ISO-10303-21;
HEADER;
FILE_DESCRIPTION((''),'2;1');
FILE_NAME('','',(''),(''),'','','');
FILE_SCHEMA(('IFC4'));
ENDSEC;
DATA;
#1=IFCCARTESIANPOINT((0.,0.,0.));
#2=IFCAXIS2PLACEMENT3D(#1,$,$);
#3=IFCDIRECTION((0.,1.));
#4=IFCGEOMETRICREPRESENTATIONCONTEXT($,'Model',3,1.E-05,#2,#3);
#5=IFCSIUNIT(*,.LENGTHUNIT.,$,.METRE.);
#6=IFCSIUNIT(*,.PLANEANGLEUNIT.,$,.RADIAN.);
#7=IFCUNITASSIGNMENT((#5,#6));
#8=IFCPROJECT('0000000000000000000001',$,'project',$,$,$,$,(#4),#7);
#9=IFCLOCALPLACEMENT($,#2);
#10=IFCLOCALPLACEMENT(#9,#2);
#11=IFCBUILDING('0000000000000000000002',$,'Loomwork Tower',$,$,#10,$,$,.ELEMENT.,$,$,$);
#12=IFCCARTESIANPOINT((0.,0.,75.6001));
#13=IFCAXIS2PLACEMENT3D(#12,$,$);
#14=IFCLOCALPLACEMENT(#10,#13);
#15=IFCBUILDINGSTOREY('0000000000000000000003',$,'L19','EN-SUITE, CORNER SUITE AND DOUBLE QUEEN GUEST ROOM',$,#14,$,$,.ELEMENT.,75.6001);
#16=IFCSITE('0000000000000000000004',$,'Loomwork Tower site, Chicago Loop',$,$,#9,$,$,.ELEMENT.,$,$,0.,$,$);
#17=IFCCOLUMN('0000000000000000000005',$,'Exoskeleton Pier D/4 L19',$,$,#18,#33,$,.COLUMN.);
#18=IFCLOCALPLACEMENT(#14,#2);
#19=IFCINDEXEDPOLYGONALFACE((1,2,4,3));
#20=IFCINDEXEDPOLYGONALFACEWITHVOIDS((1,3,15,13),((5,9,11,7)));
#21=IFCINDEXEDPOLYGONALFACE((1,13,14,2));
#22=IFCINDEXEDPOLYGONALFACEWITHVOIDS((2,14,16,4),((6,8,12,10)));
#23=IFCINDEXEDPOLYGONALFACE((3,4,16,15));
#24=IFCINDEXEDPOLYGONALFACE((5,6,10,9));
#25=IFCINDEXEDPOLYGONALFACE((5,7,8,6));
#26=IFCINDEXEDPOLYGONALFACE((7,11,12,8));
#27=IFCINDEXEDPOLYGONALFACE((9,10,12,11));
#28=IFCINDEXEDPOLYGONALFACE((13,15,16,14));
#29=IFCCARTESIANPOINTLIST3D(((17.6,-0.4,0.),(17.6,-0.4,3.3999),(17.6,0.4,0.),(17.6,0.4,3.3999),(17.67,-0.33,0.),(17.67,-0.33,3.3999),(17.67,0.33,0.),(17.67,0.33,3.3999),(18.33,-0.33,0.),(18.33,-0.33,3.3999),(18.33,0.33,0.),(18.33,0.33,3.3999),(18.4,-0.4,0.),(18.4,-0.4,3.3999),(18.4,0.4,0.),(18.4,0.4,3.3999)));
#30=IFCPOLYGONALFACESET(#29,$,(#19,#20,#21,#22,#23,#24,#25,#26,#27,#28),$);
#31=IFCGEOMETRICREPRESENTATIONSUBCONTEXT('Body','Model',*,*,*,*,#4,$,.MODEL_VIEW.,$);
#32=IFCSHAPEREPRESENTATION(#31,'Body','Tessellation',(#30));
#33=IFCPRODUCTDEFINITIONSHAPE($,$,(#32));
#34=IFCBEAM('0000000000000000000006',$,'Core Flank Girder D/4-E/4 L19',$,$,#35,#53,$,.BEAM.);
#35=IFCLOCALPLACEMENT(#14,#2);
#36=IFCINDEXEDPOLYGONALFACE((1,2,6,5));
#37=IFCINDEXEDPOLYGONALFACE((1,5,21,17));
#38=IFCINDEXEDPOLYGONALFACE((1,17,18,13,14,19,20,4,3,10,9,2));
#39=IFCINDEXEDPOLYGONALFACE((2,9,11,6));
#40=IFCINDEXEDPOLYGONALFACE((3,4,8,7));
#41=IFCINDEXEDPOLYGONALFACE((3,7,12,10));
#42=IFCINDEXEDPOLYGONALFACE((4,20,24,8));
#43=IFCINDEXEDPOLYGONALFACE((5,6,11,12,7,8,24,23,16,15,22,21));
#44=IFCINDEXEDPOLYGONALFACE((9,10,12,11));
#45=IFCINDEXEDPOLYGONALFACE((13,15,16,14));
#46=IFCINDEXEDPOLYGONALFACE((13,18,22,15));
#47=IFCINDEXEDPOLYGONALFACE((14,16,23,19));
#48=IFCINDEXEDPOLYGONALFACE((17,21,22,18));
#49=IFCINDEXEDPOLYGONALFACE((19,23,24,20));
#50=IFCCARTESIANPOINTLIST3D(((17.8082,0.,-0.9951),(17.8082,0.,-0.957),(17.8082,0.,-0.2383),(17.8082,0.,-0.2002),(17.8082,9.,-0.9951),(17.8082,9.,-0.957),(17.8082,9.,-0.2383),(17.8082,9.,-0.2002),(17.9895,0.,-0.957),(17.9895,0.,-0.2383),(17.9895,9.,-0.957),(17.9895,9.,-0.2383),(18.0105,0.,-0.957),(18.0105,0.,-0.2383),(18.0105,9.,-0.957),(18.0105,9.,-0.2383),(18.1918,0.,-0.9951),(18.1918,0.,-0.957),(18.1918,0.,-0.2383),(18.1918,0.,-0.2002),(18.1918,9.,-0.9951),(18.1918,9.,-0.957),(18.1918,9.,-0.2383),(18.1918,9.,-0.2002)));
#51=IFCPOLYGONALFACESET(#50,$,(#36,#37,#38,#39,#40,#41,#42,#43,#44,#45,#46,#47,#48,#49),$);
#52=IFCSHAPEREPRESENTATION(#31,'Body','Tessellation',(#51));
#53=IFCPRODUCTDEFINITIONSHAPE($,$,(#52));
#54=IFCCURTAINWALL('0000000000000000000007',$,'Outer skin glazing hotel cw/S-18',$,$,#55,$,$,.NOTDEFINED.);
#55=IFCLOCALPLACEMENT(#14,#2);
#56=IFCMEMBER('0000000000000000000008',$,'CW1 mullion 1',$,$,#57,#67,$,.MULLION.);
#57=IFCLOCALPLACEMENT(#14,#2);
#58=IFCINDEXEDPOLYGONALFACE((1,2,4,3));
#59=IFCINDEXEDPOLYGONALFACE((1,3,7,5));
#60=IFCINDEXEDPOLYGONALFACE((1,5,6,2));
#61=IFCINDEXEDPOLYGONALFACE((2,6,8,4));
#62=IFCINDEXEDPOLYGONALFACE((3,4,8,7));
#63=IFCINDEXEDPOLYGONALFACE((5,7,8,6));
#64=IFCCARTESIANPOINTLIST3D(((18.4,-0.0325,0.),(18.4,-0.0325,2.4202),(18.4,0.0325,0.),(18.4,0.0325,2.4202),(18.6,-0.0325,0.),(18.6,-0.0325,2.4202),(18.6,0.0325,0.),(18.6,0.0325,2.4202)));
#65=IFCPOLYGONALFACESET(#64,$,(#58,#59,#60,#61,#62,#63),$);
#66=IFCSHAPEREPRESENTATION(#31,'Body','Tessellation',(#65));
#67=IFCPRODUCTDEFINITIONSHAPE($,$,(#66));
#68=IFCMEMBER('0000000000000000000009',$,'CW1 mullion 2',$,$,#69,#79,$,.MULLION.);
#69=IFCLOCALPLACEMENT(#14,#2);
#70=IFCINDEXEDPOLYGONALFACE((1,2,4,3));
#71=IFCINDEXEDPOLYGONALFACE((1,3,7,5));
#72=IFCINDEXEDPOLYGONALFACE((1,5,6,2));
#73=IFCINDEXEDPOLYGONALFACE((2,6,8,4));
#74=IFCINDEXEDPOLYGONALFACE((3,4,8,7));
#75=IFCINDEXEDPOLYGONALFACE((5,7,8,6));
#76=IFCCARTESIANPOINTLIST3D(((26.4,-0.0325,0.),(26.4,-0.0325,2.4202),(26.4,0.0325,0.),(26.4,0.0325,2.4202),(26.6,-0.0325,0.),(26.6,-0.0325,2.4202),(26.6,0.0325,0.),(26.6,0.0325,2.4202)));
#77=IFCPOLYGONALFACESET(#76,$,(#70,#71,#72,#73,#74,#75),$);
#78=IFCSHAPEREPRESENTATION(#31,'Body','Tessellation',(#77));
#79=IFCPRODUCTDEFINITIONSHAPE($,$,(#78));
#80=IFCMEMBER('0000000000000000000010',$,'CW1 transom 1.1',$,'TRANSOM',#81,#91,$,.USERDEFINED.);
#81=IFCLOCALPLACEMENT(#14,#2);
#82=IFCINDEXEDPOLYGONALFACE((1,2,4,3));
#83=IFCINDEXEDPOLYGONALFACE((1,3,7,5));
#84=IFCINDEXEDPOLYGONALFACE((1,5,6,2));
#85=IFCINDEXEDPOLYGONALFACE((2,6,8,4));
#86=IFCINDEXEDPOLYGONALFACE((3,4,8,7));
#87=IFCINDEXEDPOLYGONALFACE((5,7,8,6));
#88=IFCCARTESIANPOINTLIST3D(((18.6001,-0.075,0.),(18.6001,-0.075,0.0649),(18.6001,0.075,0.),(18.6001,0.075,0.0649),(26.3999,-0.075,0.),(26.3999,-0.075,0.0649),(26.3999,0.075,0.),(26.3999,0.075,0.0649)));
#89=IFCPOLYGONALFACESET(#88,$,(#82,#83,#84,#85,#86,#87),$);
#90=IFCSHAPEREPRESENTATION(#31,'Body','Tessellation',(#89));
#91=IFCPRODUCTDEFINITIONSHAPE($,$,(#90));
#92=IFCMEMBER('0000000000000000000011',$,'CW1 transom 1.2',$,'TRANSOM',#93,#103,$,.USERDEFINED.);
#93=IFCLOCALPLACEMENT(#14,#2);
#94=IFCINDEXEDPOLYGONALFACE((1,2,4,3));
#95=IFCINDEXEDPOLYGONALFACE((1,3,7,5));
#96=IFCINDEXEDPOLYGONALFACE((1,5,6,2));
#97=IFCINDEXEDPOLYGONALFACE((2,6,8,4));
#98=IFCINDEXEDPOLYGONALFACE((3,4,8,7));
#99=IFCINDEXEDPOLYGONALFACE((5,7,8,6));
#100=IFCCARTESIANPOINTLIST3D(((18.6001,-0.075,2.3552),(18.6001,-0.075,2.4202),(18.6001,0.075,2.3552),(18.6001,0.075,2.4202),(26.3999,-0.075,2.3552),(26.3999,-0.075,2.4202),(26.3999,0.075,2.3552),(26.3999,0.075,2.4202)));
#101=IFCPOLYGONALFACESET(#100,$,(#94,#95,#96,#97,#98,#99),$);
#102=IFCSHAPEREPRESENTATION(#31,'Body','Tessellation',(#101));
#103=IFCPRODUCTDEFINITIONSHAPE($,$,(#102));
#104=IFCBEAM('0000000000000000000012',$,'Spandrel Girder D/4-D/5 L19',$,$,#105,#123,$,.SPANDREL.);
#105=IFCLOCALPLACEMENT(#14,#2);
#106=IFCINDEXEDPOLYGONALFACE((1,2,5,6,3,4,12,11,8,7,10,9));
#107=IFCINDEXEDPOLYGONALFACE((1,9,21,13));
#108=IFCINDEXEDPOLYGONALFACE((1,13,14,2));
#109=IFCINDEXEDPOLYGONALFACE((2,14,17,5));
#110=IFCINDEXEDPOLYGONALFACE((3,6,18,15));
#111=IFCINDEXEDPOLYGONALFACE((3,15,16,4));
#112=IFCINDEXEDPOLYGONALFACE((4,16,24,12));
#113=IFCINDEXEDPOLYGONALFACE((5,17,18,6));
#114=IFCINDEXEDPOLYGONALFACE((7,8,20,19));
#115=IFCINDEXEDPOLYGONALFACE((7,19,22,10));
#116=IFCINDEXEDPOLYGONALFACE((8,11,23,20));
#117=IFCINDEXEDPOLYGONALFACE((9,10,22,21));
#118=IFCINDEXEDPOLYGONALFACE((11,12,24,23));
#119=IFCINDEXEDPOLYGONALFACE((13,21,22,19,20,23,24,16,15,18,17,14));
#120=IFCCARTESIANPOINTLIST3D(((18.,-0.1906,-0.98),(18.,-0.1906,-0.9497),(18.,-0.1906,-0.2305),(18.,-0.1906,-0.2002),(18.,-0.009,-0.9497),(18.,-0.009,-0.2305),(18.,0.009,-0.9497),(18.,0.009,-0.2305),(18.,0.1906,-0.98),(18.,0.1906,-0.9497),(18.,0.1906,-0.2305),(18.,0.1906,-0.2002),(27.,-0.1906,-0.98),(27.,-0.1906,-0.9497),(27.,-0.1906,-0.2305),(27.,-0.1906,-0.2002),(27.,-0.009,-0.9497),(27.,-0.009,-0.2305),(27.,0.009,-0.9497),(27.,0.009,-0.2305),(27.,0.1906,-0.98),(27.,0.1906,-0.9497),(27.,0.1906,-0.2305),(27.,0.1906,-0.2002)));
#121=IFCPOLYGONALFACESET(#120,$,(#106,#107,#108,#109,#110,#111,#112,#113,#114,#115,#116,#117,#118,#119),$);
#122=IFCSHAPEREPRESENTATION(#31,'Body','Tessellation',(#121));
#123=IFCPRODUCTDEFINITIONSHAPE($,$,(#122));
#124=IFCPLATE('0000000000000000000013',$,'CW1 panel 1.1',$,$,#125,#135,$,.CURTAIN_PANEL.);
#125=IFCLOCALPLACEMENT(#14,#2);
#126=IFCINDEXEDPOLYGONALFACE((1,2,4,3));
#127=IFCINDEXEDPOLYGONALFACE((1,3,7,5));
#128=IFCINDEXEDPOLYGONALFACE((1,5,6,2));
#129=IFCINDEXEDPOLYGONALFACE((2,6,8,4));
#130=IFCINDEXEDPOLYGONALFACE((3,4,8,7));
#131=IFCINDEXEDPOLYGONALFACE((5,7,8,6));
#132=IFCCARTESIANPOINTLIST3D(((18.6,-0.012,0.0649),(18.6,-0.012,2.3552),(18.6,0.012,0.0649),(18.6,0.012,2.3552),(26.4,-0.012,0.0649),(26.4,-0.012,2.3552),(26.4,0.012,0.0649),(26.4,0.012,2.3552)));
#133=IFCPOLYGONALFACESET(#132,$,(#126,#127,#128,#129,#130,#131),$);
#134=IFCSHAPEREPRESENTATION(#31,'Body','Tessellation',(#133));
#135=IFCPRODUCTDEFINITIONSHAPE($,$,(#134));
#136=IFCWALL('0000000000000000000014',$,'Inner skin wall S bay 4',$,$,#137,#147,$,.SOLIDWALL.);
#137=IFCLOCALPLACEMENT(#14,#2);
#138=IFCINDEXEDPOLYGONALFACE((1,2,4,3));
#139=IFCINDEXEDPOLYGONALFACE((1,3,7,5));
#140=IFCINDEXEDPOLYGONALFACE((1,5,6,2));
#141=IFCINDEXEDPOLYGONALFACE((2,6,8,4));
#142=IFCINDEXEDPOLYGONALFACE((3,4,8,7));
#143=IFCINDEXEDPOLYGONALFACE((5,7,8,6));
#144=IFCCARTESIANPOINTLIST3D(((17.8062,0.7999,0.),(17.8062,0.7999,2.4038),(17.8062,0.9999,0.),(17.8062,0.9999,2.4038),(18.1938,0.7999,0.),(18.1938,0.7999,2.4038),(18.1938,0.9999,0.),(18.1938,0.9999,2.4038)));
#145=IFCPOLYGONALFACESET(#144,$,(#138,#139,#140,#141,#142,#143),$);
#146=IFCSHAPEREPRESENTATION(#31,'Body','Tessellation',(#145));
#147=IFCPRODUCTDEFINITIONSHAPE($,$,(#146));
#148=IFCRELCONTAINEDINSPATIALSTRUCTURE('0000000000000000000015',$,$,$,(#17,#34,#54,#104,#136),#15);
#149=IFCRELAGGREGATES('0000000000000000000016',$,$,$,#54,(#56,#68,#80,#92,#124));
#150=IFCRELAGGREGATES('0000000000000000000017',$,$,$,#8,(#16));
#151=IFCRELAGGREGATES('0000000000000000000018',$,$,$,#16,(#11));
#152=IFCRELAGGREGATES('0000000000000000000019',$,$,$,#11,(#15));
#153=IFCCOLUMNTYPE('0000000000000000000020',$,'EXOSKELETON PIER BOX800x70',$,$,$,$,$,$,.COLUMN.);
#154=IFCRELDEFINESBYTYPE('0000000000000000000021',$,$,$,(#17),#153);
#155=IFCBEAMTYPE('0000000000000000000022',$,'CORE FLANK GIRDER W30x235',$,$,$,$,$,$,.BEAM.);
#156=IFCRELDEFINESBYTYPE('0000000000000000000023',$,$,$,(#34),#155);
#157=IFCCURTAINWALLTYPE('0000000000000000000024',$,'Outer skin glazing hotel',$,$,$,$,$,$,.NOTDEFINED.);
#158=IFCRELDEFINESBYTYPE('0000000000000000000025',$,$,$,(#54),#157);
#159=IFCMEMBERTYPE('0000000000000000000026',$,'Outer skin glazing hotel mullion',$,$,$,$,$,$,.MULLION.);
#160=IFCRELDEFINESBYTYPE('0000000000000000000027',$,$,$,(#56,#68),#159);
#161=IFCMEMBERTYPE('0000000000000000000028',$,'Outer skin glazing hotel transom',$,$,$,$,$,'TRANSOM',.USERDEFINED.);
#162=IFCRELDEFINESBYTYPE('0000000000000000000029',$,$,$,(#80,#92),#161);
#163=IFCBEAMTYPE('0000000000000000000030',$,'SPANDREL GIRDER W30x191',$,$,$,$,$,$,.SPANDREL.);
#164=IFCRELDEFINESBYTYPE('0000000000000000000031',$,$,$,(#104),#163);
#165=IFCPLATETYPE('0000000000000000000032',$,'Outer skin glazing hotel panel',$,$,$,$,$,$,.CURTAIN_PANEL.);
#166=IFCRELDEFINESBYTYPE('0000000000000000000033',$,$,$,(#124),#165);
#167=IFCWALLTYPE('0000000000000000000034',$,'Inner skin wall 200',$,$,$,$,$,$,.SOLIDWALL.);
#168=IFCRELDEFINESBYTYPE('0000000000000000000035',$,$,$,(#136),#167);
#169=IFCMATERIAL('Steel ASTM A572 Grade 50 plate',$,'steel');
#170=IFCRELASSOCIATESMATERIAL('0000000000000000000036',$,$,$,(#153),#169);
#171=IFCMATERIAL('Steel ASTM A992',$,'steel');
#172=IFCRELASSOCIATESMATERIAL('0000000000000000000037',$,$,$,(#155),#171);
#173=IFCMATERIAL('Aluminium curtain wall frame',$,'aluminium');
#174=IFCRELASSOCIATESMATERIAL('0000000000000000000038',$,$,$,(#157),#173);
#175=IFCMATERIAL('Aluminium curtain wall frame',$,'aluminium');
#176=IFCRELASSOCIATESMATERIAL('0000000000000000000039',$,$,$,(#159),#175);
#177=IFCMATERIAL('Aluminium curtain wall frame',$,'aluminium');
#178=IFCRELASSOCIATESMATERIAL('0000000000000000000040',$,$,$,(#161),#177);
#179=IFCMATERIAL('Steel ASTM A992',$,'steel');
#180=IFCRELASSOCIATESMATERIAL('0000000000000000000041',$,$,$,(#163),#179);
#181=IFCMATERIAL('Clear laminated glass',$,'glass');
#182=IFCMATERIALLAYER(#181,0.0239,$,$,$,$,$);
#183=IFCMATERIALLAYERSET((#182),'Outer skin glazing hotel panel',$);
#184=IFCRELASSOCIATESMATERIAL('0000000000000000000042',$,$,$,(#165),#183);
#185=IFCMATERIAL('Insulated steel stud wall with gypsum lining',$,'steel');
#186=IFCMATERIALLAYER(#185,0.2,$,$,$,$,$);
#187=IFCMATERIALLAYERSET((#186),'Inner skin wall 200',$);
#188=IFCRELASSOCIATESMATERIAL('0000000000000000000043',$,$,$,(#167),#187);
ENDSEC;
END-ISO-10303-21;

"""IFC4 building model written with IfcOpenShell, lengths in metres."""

from ifc_helpers import new_model, si_unit, direction, frame, frame_2d, origin, origin_2d, place, context, subcontext, project, spatial, rectangle, hollow_rectangle, i_section, extrude, material, layer, layer_set, material_profile, profile_set, type_object, element, aggregate, save


model = new_model("IFC4")

# Units and contexts
model_context = context("Model", 3, precision=1e-05, world=origin(), true_north=direction((0.0, 1.0)))
body_context = subcontext(model_context, "Body", "Model", "MODEL_VIEW")
ifc_project = project(units=[si_unit("LENGTHUNIT", "METRE"), si_unit("PLANEANGLEUNIT", "RADIAN")], contexts=[model_context])

# Site, building, storey
site_placement = place(None, origin())
site = spatial("IfcSite", under=ifc_project, at=site_placement, Name="Loomwork Tower site, Chicago Loop", CompositionType="ELEMENT", RefElevation=0.0)
building_placement = place(site_placement, origin())
building = spatial("IfcBuilding", under=site, at=building_placement, Name="Loomwork Tower", CompositionType="ELEMENT")
storey_placement = place(building_placement, frame((0.0, 0.0, 75.6001)))
storey = spatial("IfcBuildingStorey", under=building, at=storey_placement, Name="L19", Description="EN-SUITE, CORNER SUITE AND DOUBLE QUEEN GUEST ROOM", CompositionType="ELEMENT", Elevation=75.6001)

# Column
ifc_material_1 = material(Name="Steel ASTM A572 Grade 50 plate", Category="steel")
ifc_material_profile_1 = material_profile(ifc_material_1, hollow_rectangle(XDim=0.8, YDim=0.8, WallThickness=0.0701, at=origin_2d()), Name="BOX800x70")
ifc_profile_set_1 = profile_set([ifc_material_profile_1], Name="Steel ASTM A572 Grade 50 plate")
column_type = type_object("IfcColumnType", Name="EXOSKELETON PIER BOX800x70", PredefinedType="COLUMN", material=ifc_profile_set_1)
column_placement = place(storey_placement, frame((18.0, 0.0, 0.0), z_axis=(0.0, 0.0, 1.0), x_axis=(1.0, 0.0, 0.0)))
element("IfcColumn", 1, at=column_placement, inside=storey, type_object=column_type, Name="Exoskeleton Pier D/4 L19", PredefinedType="COLUMN", context=body_context, shape_type="SweptSolid", body=[
    extrude(hollow_rectangle(XDim=0.8, YDim=0.8, WallThickness=0.0701, at=origin_2d()), origin(), (0.0, 0.0, 1.0), 3.3999),
])

# Beam
ifc_material_2 = material(Name="Steel ASTM A992", Category="steel")
ifc_material_profile_2 = material_profile(ifc_material_2, i_section(OverallWidth=0.3835, OverallDepth=0.7949, WebThickness=0.021, FlangeThickness=0.0381, at=origin_2d()), Name="W30x235")
ifc_profile_set_2 = profile_set([ifc_material_profile_2], Name="Steel ASTM A992")
beam_type_1 = type_object("IfcBeamType", Name="CORE FLANK GIRDER W30x235", PredefinedType="BEAM", material=ifc_profile_set_2)
beam_1_placement = place(storey_placement, frame((18.0, 0.0, -0.5977), z_axis=(0.0, 1.0, 0.0), x_axis=(-1.0, 0.0, 0.0)))
element("IfcBeam", 2, at=beam_1_placement, inside=storey, type_object=beam_type_1, Name="Core Flank Girder D/4-E/4 L19", PredefinedType="BEAM", context=body_context, shape_type="SweptSolid", body=[
    extrude(i_section(OverallWidth=0.3835, OverallDepth=0.7949, WebThickness=0.021, FlangeThickness=0.0381, at=origin_2d()), origin(), (0.0, 0.0, 1.0), 9.0),
])

# Curtain wall, members
ifc_material_3 = material(Name="Aluminium curtain wall frame", Category="aluminium")
curtain_wall_type = type_object("IfcCurtainWallType", Name="Outer skin glazing hotel", PredefinedType="NOTDEFINED", material=ifc_material_3)
curtain_wall_placement = place(storey_placement, origin())
curtain_wall = element("IfcCurtainWall", 3, at=curtain_wall_placement, inside=storey, type_object=curtain_wall_type, Name="Outer skin glazing hotel cw/S-18", PredefinedType="NOTDEFINED")
ifc_material_4 = material(Name="Aluminium curtain wall frame", Category="aluminium")
ifc_material_profile_3 = material_profile(ifc_material_4, rectangle(XDim=0.0649, YDim=0.2, at=origin_2d()), Name="AL 65x200")
ifc_profile_set_3 = profile_set([ifc_material_profile_3], Name="Aluminium curtain wall frame")
member_type_1 = type_object("IfcMemberType", Name="Outer skin glazing hotel mullion", PredefinedType="MULLION", material=ifc_profile_set_3)
member_1_placement = place(storey_placement, frame((18.5, 0.0, 0.0), z_axis=(0.0, 0.0, 1.0), x_axis=(0.0, 1.0, 0.0)))
member_1 = element("IfcMember", 4, at=member_1_placement, type_object=member_type_1, Name="CW1 mullion 1", PredefinedType="MULLION", context=body_context, shape_type="SweptSolid", body=[
    extrude(rectangle(XDim=0.0649, YDim=0.2, at=origin_2d()), origin(), (0.0, 0.0, 1.0), 2.4202),
])
member_2_placement = place(storey_placement, frame((26.5, 0.0, 0.0), z_axis=(0.0, 0.0, 1.0), x_axis=(0.0, 1.0, 0.0)))
member_2 = element("IfcMember", 5, at=member_2_placement, type_object=member_type_1, Name="CW1 mullion 2", PredefinedType="MULLION", context=body_context, shape_type="SweptSolid", body=[
    extrude(rectangle(XDim=0.0649, YDim=0.2, at=origin_2d()), origin(), (0.0, 0.0, 1.0), 2.4202),
])
ifc_material_5 = material(Name="Aluminium curtain wall frame", Category="aluminium")
ifc_material_profile_4 = material_profile(ifc_material_5, rectangle(XDim=0.1499, YDim=0.0649, at=origin_2d()), Name="AL 65x150")
ifc_profile_set_4 = profile_set([ifc_material_profile_4], Name="Aluminium curtain wall frame")
member_type_2 = type_object("IfcMemberType", Name="Outer skin glazing hotel transom", ElementType="TRANSOM", PredefinedType="USERDEFINED", material=ifc_profile_set_4)
member_3_placement = place(storey_placement, frame((18.6001, 0.0, 0.0325), z_axis=(1.0, 0.0, 0.0), x_axis=(0.0, 1.0, 0.0)))
member_3 = element("IfcMember", 6, at=member_3_placement, type_object=member_type_2, Name="CW1 transom 1.1", ObjectType="TRANSOM", PredefinedType="USERDEFINED", context=body_context, shape_type="SweptSolid", body=[
    extrude(rectangle(XDim=0.1499, YDim=0.0649, at=origin_2d()), origin(), (0.0, 0.0, 1.0), 7.7998),
])
member_4_placement = place(storey_placement, frame((18.6001, 0.0, 2.3877), z_axis=(1.0, 0.0, 0.0), x_axis=(0.0, 1.0, 0.0)))
member_4 = element("IfcMember", 7, at=member_4_placement, type_object=member_type_2, Name="CW1 transom 1.2", ObjectType="TRANSOM", PredefinedType="USERDEFINED", context=body_context, shape_type="SweptSolid", body=[
    extrude(rectangle(XDim=0.1499, YDim=0.0649, at=origin_2d()), origin(), (0.0, 0.0, 1.0), 7.7998),
])

# Beam
ifc_material_6 = material(Name="Steel ASTM A992", Category="steel")
ifc_material_profile_5 = material_profile(ifc_material_6, i_section(OverallWidth=0.3811, OverallDepth=0.7798, WebThickness=0.0181, FlangeThickness=0.0303, at=origin_2d()), Name="W30x191")
ifc_profile_set_5 = profile_set([ifc_material_profile_5], Name="Steel ASTM A992")
beam_type_2 = type_object("IfcBeamType", Name="SPANDREL GIRDER W30x191", PredefinedType="SPANDREL", material=ifc_profile_set_5)
beam_2_placement = place(storey_placement, frame((18.0, 0.0, -0.5901), z_axis=(1.0, 0.0, 0.0), x_axis=(0.0, 1.0, 0.0)))
element("IfcBeam", 8, at=beam_2_placement, inside=storey, type_object=beam_type_2, Name="Spandrel Girder D/4-D/5 L19", PredefinedType="SPANDREL", context=body_context, shape_type="SweptSolid", body=[
    extrude(i_section(OverallWidth=0.3811, OverallDepth=0.7798, WebThickness=0.0181, FlangeThickness=0.0303, at=origin_2d()), origin(), (0.0, 0.0, 1.0), 9.0),
])

# Plate
ifc_material_7 = material(Name="Clear laminated glass", Category="glass")
ifc_layer_1 = layer(ifc_material_7, 0.0239)
ifc_layer_set_1 = layer_set([ifc_layer_1], Name="Outer skin glazing hotel panel")
plate_type = type_object("IfcPlateType", Name="Outer skin glazing hotel panel", PredefinedType="CURTAIN_PANEL", material=ifc_layer_set_1)
plate_placement = place(storey_placement, frame((22.5, 0.0, 0.0649), z_axis=(0.0, 0.0, 1.0), x_axis=(1.0, 0.0, 0.0)))
plate = element("IfcPlate", 9, at=plate_placement, type_object=plate_type, Name="CW1 panel 1.1", PredefinedType="CURTAIN_PANEL", context=body_context, shape_type="SweptSolid", body=[
    extrude(rectangle(XDim=7.8, YDim=0.0239, at=origin_2d()), origin(), (0.0, 0.0, 1.0), 2.2903),
])
aggregate(curtain_wall, [member_1, member_2, member_3, member_4, plate])

# Wall
ifc_material_8 = material(Name="Insulated steel stud wall with gypsum lining", Category="steel")
ifc_layer_2 = layer(ifc_material_8, 0.2)
ifc_layer_set_2 = layer_set([ifc_layer_2], Name="Inner skin wall 200")
wall_type = type_object("IfcWallType", Name="Inner skin wall 200", PredefinedType="SOLIDWALL", material=ifc_layer_set_2)
wall_1_placement = place(storey_placement, frame((17.8062, 0.8999, 0.0), z_axis=(0.0, 0.0, 1.0), x_axis=(1.0, 0.0, 0.0)))
element("IfcWall", 10, at=wall_1_placement, inside=storey, type_object=wall_type, Name="Inner skin wall S bay 4", PredefinedType="SOLIDWALL", context=body_context, shape_type="SweptSolid", body=[
    extrude(rectangle(XDim=0.3877, YDim=0.2, at=frame_2d((0.1938, 0.0))), origin(), (0.0, 0.0, 1.0), 2.4038),
])

save(model, "model.ifc")
